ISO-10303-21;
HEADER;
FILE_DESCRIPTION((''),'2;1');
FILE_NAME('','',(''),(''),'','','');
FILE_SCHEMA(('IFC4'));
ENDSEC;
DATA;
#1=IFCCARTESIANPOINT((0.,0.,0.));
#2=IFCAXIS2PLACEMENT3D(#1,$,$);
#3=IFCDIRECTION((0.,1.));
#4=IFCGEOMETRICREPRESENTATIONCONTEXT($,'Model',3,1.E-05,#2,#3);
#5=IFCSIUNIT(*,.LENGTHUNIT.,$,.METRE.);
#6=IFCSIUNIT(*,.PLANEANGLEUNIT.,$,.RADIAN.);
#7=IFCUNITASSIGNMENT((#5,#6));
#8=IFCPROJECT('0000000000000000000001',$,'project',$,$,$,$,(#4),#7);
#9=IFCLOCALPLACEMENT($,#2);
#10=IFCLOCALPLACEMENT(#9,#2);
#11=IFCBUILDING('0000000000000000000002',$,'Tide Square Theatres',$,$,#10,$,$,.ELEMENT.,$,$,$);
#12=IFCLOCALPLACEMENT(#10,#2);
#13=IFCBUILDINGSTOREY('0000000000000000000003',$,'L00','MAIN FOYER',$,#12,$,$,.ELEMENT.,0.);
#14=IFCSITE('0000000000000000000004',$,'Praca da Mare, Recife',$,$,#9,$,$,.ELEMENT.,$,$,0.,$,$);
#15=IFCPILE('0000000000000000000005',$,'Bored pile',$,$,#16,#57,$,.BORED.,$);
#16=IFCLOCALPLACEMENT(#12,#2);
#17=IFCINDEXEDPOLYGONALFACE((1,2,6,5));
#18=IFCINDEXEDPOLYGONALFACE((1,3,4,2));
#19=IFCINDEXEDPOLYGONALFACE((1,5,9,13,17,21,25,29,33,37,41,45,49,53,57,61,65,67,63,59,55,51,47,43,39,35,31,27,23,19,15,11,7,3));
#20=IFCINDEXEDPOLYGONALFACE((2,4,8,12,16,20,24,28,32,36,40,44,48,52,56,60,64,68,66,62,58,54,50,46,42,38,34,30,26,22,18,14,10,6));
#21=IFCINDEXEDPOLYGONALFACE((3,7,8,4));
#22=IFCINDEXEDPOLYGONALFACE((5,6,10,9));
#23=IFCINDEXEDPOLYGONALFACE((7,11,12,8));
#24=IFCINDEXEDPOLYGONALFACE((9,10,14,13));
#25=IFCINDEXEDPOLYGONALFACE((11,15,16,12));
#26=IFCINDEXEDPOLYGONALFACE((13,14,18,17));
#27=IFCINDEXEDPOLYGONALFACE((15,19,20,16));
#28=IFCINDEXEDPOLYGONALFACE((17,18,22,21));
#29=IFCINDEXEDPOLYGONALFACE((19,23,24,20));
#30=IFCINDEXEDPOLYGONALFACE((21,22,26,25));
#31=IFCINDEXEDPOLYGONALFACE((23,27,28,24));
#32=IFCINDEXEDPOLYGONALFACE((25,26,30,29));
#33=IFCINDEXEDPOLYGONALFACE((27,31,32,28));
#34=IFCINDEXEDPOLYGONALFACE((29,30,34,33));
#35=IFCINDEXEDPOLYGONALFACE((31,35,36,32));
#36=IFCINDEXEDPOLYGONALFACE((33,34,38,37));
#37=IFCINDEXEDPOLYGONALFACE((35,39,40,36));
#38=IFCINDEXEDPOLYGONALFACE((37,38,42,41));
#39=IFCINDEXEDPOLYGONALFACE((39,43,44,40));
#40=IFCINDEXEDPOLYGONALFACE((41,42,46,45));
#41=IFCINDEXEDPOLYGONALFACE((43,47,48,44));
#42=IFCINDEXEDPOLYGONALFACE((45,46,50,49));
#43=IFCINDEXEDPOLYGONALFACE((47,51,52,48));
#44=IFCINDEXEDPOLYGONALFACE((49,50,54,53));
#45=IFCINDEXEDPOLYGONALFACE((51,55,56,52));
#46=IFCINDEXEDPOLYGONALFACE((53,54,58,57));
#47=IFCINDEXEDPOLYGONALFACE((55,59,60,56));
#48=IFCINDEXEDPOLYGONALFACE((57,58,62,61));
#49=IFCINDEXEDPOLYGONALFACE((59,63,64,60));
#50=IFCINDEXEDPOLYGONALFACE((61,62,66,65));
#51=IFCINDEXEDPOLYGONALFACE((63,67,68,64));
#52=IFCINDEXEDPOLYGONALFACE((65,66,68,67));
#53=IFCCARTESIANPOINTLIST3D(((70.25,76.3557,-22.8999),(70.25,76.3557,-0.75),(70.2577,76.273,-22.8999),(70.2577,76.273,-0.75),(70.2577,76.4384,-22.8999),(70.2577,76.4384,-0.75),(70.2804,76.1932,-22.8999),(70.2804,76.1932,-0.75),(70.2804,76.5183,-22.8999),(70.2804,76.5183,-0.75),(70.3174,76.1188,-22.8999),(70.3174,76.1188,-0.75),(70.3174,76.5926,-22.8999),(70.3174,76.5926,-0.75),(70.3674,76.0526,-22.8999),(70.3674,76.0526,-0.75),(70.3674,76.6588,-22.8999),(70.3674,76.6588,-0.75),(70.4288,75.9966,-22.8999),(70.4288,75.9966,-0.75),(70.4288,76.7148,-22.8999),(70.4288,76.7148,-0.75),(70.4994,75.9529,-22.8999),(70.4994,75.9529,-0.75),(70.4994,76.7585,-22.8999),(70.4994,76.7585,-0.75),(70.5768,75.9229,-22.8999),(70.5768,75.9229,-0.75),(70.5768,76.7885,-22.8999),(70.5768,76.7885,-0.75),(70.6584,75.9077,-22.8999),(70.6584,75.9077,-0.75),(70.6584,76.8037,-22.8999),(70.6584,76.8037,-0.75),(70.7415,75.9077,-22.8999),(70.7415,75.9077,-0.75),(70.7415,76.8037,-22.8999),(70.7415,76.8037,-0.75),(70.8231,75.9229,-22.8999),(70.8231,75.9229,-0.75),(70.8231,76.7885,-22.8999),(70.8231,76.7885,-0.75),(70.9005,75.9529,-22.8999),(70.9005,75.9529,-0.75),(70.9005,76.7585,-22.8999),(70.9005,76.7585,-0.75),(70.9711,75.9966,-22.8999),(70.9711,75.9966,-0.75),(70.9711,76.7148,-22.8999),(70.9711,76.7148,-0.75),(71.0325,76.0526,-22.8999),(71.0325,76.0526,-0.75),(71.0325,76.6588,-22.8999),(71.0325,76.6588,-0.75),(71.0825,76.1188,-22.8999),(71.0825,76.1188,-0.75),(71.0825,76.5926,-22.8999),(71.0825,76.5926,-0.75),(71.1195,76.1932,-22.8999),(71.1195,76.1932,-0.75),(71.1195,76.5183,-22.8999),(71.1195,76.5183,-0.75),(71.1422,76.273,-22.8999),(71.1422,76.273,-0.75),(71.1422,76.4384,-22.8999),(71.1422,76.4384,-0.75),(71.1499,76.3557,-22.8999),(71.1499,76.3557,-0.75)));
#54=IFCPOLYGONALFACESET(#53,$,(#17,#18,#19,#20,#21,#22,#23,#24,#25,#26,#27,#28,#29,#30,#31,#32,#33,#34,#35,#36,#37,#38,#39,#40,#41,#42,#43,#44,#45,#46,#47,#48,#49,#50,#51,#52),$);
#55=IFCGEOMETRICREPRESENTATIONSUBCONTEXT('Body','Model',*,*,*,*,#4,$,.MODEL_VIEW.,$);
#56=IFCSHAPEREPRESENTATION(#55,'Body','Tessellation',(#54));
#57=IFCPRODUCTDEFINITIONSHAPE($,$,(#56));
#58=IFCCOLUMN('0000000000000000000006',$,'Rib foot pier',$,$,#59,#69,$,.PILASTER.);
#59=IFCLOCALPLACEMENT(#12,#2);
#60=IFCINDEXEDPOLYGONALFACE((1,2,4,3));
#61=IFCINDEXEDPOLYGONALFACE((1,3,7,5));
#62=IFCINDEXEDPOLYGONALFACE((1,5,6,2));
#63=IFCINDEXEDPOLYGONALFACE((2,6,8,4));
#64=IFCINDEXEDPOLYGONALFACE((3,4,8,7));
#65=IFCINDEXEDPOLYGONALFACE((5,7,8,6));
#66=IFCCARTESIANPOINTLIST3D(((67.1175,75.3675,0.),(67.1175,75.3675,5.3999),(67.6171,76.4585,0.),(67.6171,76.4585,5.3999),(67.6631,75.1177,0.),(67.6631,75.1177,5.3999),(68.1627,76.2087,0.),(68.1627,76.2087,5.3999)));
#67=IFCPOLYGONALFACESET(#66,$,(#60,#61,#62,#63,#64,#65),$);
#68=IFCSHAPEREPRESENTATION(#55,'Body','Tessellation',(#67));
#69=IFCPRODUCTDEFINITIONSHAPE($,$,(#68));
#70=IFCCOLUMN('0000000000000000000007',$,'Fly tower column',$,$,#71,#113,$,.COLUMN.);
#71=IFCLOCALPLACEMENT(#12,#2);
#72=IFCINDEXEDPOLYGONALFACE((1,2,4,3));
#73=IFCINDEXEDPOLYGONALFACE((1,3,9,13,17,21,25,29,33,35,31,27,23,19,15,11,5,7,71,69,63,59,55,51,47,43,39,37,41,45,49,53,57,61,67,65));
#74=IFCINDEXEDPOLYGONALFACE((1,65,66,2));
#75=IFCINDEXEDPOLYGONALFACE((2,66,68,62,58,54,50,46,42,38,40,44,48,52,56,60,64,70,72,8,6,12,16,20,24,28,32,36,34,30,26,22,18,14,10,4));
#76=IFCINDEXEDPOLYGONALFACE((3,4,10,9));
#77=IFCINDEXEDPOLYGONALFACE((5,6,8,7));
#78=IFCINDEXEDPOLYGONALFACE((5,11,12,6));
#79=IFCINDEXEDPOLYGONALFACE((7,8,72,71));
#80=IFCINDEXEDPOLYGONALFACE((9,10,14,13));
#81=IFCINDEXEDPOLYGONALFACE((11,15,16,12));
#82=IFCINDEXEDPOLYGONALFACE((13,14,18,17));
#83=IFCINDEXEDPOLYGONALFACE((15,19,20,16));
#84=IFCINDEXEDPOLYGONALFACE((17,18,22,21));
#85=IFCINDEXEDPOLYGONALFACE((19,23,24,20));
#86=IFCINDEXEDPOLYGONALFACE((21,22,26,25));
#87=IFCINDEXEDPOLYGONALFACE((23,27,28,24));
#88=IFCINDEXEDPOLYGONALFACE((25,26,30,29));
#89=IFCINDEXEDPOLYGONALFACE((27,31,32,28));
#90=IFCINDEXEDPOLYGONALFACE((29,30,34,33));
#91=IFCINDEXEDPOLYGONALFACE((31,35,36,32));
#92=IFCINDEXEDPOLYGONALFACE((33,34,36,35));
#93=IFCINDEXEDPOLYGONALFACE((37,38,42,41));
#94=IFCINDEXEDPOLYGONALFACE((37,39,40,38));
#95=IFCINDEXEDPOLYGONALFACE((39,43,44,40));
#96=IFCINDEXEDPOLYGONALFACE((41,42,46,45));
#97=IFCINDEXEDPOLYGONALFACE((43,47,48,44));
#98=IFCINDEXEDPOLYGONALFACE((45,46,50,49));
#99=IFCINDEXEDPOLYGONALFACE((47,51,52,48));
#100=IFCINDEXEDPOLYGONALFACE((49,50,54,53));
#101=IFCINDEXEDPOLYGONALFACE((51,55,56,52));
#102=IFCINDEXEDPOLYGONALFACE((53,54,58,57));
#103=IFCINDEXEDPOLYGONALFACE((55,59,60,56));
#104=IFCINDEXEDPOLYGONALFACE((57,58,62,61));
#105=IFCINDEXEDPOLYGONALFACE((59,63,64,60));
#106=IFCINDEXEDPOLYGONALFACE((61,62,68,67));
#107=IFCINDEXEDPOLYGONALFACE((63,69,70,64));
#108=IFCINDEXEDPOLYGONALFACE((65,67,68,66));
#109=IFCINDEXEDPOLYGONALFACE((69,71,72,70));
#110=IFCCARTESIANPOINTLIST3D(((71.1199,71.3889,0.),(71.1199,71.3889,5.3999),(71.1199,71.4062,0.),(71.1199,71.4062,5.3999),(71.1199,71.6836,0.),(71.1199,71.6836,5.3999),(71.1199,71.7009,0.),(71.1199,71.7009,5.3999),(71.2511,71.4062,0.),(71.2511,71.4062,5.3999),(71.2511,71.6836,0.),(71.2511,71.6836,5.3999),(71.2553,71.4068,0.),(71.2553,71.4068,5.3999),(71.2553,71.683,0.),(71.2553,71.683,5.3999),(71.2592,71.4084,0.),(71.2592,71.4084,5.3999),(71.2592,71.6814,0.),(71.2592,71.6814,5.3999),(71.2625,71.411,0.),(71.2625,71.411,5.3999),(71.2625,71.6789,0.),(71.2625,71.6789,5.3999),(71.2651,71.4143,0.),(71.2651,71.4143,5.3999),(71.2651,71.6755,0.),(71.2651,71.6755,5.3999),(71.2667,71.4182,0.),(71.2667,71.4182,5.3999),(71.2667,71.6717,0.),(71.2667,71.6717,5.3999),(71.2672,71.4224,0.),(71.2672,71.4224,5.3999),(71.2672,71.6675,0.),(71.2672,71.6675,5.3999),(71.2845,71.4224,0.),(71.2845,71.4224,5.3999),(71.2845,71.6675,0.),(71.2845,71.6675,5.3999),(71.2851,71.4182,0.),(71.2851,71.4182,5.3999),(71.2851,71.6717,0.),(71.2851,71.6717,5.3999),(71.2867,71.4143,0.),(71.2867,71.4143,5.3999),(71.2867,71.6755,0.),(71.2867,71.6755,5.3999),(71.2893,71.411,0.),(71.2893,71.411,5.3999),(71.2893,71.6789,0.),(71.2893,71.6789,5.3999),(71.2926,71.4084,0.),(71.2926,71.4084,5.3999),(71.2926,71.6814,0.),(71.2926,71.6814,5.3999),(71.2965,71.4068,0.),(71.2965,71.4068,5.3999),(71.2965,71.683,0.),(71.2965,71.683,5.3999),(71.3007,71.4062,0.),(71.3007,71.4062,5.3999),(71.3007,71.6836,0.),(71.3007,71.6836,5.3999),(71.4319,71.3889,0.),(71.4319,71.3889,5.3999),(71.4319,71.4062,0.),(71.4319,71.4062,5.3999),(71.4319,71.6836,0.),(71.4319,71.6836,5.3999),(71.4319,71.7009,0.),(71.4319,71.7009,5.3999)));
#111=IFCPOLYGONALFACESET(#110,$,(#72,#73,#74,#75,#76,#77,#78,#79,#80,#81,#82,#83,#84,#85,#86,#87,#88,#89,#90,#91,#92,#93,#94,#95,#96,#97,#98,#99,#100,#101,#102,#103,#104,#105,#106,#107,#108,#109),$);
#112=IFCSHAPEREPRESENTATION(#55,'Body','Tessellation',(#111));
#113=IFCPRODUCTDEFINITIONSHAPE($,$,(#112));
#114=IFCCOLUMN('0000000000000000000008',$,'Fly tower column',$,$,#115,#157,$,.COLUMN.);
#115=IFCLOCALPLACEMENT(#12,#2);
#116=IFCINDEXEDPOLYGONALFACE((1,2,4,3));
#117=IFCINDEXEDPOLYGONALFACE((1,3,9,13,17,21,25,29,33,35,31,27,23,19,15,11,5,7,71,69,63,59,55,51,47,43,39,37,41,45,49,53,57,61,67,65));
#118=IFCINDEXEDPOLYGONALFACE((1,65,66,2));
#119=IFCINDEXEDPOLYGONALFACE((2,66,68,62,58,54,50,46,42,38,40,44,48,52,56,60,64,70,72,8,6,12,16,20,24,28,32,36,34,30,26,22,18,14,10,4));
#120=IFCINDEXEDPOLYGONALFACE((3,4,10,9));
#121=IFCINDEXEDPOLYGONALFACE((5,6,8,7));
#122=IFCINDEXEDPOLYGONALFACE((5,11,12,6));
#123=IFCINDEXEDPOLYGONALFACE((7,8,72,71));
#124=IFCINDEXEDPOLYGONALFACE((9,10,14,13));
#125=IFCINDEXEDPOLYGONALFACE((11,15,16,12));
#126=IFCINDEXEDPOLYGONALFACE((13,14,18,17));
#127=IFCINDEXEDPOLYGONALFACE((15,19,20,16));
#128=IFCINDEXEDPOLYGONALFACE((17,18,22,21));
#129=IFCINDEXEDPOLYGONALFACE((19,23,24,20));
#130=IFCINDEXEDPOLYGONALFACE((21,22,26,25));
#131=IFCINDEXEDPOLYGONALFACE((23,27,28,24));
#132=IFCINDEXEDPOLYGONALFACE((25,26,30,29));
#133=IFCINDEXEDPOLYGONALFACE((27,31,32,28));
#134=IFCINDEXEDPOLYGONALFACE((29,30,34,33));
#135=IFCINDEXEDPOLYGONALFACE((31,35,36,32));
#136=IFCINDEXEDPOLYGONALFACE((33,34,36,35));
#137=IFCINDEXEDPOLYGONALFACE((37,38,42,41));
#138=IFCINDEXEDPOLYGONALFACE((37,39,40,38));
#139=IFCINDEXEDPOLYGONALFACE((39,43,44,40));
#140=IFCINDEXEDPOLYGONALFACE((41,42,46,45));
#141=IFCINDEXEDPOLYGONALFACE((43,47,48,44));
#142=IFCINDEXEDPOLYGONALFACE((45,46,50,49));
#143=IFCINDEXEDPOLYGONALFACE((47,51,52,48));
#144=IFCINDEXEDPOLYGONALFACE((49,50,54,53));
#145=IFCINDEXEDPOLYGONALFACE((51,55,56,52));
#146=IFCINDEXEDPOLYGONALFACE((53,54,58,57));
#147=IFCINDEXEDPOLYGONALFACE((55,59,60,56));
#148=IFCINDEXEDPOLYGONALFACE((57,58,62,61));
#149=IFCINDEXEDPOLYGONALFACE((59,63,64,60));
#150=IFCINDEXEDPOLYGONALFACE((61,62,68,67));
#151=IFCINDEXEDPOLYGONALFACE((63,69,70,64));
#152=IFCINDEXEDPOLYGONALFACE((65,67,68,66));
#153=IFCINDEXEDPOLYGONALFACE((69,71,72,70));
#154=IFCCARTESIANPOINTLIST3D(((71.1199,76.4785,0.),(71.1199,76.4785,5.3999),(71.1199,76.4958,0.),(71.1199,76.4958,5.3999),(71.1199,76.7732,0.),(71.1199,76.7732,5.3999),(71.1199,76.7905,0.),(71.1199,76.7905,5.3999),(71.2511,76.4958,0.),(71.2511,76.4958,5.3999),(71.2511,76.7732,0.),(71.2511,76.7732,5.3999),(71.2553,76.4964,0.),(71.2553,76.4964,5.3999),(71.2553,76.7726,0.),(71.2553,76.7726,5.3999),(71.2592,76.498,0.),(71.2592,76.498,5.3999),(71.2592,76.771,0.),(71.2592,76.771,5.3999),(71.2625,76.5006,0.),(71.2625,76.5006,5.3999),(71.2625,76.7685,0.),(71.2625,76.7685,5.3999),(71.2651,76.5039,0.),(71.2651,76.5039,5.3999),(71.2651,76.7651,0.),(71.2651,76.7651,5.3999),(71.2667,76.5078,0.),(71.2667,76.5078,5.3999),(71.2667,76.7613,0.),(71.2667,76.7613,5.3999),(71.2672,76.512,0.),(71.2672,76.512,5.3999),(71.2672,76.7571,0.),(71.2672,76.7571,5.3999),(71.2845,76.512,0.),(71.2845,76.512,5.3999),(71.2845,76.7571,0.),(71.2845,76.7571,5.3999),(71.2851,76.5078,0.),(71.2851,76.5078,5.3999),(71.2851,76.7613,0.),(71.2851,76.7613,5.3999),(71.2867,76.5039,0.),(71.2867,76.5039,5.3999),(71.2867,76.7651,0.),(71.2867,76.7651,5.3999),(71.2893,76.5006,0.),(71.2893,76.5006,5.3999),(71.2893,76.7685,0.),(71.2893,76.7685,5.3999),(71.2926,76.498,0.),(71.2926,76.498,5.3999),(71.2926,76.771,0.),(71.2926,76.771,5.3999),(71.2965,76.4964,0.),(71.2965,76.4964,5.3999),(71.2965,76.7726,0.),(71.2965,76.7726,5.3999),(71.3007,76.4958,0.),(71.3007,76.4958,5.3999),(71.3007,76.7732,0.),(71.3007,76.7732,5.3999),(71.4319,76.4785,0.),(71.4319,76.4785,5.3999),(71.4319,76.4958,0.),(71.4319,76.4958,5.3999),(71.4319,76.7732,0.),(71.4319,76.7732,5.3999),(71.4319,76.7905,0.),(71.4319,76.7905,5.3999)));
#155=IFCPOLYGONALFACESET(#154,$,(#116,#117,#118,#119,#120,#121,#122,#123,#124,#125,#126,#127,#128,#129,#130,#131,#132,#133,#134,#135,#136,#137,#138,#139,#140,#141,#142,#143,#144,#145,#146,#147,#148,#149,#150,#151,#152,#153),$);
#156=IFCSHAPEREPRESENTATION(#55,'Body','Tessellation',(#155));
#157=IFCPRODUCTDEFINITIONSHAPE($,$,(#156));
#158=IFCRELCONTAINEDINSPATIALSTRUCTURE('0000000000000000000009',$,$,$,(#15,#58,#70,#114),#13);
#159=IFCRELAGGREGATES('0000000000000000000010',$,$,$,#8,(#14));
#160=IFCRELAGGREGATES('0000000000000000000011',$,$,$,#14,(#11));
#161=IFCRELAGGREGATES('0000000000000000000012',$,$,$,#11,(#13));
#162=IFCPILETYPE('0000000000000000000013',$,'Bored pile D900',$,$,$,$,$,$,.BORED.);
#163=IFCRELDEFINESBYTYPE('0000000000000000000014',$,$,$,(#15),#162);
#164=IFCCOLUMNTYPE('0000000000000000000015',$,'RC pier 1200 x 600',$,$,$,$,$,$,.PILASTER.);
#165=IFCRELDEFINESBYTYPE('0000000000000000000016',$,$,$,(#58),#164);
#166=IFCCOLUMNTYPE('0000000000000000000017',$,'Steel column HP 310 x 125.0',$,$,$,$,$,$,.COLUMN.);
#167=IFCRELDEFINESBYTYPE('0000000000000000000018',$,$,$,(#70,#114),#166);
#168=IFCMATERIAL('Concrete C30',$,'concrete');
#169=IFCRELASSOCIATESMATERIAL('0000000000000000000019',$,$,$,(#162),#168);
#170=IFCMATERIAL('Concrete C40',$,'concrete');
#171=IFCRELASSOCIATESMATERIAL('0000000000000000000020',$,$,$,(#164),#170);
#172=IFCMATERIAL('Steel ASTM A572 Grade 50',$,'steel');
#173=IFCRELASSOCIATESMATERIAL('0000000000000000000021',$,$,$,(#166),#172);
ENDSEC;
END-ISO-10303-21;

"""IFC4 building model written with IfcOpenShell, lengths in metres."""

from ifc_helpers import new_model, si_unit, direction, frame, origin, origin_2d, place, context, subcontext, project, spatial, rectangle, circle, i_section, extrude, material, material_profile, profile_set, type_object, element, save


model = new_model("IFC4")

# Units and contexts
model_context = context("Model", 3, precision=1e-05, world=origin(), true_north=direction((0.0, 1.0)))
body_context = subcontext(model_context, "Body", "Model", "MODEL_VIEW")
ifc_project = project(units=[si_unit("LENGTHUNIT", "METRE"), si_unit("PLANEANGLEUNIT", "RADIAN")], contexts=[model_context])

# Site, building, storey
site_placement = place(None, origin())
site = spatial("IfcSite", under=ifc_project, at=site_placement, Name="Praca da Mare, Recife", CompositionType="ELEMENT", RefElevation=0.0)
building_placement = place(site_placement, origin())
building = spatial("IfcBuilding", under=site, at=building_placement, Name="Tide Square Theatres", CompositionType="ELEMENT")
storey_placement = place(building_placement, origin())
storey = spatial("IfcBuildingStorey", under=building, at=storey_placement, Name="L00", Description="MAIN FOYER", CompositionType="ELEMENT", Elevation=0.0)

# Pile
ifc_material_1 = material(Name="Concrete C30", Category="concrete")
ifc_material_profile_1 = material_profile(ifc_material_1, circle(Radius=0.45, at=origin_2d()))
ifc_profile_set_1 = profile_set([ifc_material_profile_1], Name="Concrete C30")
pile_type_1 = type_object("IfcPileType", Name="Bored pile D900", PredefinedType="BORED", material=ifc_profile_set_1)
for number, where, z_axis, x_axis, name in (
    (1, (70.7, 76.3557, -0.75), (0.0, 0.0, -1.0), (1.0, 0.0, 0.0), "Bored pile"),
):
    element("IfcPile", number, at=place(storey_placement, frame(where, z_axis=z_axis, x_axis=x_axis)), inside=storey, type_object=pile_type_1, Name=name, PredefinedType="BORED", context=body_context, shape_type="SweptSolid", body=[
        extrude(circle(Radius=0.45, at=origin_2d()), origin(), (0.0, 0.0, 1.0), 22.1499),
    ])

# Columns
ifc_material_2 = material(Name="Concrete C40", Category="concrete")
ifc_material_profile_2 = material_profile(ifc_material_2, rectangle(XDim=1.2, YDim=0.6001, at=origin_2d()))
ifc_profile_set_2 = profile_set([ifc_material_profile_2], Name="Concrete C40")
column_type_1 = type_object("IfcColumnType", Name="RC pier 1200 x 600", PredefinedType="PILASTER", material=ifc_profile_set_2)
column_placement = place(storey_placement, frame((67.6401, 75.7881, 0.0), z_axis=(0.0, 0.0, 1.0), x_axis=(-0.416344, -0.909207, 0.0)))
element("IfcColumn", 2, at=column_placement, inside=storey, type_object=column_type_1, Name="Rib foot pier", PredefinedType="PILASTER", context=body_context, shape_type="SweptSolid", body=[
    extrude(rectangle(XDim=1.2, YDim=0.6001, at=origin_2d()), origin(), (0.0, 0.0, 1.0), 5.3999),
])
ifc_material_3 = material(Name="Steel ASTM A572 Grade 50", Category="steel")
ifc_material_profile_3 = material_profile(ifc_material_3, i_section(OverallWidth=0.312, OverallDepth=0.312, WebThickness=0.0173, FlangeThickness=0.0173, FilletRadius=0.0161, at=origin_2d()))
ifc_profile_set_3 = profile_set([ifc_material_profile_3], Name="Steel ASTM A572 Grade 50")
column_type_2 = type_object("IfcColumnType", Name="Steel column HP 310 x 125.0", PredefinedType="COLUMN", material=ifc_profile_set_3)
for number, where, z_axis, x_axis, name in (
    (3, (71.2759, 71.5449, 0.0), (0.0, 0.0, 1.0), (1.0, 0.0, 0.0), "Fly tower column"),
    (4, (71.2759, 76.6345, 0.0), (0.0, 0.0, 1.0), (1.0, 0.0, 0.0), "Fly tower column"),
):
    element("IfcColumn", number, at=place(storey_placement, frame(where, z_axis=z_axis, x_axis=x_axis)), inside=storey, type_object=column_type_2, Name=name, PredefinedType="COLUMN", context=body_context, shape_type="SweptSolid", body=[
        extrude(i_section(OverallWidth=0.312, OverallDepth=0.312, WebThickness=0.0173, FlangeThickness=0.0173, FilletRadius=0.0161, at=origin_2d()), origin(), (0.0, 0.0, 1.0), 5.3999),
    ])

save(model, "model.ifc")
